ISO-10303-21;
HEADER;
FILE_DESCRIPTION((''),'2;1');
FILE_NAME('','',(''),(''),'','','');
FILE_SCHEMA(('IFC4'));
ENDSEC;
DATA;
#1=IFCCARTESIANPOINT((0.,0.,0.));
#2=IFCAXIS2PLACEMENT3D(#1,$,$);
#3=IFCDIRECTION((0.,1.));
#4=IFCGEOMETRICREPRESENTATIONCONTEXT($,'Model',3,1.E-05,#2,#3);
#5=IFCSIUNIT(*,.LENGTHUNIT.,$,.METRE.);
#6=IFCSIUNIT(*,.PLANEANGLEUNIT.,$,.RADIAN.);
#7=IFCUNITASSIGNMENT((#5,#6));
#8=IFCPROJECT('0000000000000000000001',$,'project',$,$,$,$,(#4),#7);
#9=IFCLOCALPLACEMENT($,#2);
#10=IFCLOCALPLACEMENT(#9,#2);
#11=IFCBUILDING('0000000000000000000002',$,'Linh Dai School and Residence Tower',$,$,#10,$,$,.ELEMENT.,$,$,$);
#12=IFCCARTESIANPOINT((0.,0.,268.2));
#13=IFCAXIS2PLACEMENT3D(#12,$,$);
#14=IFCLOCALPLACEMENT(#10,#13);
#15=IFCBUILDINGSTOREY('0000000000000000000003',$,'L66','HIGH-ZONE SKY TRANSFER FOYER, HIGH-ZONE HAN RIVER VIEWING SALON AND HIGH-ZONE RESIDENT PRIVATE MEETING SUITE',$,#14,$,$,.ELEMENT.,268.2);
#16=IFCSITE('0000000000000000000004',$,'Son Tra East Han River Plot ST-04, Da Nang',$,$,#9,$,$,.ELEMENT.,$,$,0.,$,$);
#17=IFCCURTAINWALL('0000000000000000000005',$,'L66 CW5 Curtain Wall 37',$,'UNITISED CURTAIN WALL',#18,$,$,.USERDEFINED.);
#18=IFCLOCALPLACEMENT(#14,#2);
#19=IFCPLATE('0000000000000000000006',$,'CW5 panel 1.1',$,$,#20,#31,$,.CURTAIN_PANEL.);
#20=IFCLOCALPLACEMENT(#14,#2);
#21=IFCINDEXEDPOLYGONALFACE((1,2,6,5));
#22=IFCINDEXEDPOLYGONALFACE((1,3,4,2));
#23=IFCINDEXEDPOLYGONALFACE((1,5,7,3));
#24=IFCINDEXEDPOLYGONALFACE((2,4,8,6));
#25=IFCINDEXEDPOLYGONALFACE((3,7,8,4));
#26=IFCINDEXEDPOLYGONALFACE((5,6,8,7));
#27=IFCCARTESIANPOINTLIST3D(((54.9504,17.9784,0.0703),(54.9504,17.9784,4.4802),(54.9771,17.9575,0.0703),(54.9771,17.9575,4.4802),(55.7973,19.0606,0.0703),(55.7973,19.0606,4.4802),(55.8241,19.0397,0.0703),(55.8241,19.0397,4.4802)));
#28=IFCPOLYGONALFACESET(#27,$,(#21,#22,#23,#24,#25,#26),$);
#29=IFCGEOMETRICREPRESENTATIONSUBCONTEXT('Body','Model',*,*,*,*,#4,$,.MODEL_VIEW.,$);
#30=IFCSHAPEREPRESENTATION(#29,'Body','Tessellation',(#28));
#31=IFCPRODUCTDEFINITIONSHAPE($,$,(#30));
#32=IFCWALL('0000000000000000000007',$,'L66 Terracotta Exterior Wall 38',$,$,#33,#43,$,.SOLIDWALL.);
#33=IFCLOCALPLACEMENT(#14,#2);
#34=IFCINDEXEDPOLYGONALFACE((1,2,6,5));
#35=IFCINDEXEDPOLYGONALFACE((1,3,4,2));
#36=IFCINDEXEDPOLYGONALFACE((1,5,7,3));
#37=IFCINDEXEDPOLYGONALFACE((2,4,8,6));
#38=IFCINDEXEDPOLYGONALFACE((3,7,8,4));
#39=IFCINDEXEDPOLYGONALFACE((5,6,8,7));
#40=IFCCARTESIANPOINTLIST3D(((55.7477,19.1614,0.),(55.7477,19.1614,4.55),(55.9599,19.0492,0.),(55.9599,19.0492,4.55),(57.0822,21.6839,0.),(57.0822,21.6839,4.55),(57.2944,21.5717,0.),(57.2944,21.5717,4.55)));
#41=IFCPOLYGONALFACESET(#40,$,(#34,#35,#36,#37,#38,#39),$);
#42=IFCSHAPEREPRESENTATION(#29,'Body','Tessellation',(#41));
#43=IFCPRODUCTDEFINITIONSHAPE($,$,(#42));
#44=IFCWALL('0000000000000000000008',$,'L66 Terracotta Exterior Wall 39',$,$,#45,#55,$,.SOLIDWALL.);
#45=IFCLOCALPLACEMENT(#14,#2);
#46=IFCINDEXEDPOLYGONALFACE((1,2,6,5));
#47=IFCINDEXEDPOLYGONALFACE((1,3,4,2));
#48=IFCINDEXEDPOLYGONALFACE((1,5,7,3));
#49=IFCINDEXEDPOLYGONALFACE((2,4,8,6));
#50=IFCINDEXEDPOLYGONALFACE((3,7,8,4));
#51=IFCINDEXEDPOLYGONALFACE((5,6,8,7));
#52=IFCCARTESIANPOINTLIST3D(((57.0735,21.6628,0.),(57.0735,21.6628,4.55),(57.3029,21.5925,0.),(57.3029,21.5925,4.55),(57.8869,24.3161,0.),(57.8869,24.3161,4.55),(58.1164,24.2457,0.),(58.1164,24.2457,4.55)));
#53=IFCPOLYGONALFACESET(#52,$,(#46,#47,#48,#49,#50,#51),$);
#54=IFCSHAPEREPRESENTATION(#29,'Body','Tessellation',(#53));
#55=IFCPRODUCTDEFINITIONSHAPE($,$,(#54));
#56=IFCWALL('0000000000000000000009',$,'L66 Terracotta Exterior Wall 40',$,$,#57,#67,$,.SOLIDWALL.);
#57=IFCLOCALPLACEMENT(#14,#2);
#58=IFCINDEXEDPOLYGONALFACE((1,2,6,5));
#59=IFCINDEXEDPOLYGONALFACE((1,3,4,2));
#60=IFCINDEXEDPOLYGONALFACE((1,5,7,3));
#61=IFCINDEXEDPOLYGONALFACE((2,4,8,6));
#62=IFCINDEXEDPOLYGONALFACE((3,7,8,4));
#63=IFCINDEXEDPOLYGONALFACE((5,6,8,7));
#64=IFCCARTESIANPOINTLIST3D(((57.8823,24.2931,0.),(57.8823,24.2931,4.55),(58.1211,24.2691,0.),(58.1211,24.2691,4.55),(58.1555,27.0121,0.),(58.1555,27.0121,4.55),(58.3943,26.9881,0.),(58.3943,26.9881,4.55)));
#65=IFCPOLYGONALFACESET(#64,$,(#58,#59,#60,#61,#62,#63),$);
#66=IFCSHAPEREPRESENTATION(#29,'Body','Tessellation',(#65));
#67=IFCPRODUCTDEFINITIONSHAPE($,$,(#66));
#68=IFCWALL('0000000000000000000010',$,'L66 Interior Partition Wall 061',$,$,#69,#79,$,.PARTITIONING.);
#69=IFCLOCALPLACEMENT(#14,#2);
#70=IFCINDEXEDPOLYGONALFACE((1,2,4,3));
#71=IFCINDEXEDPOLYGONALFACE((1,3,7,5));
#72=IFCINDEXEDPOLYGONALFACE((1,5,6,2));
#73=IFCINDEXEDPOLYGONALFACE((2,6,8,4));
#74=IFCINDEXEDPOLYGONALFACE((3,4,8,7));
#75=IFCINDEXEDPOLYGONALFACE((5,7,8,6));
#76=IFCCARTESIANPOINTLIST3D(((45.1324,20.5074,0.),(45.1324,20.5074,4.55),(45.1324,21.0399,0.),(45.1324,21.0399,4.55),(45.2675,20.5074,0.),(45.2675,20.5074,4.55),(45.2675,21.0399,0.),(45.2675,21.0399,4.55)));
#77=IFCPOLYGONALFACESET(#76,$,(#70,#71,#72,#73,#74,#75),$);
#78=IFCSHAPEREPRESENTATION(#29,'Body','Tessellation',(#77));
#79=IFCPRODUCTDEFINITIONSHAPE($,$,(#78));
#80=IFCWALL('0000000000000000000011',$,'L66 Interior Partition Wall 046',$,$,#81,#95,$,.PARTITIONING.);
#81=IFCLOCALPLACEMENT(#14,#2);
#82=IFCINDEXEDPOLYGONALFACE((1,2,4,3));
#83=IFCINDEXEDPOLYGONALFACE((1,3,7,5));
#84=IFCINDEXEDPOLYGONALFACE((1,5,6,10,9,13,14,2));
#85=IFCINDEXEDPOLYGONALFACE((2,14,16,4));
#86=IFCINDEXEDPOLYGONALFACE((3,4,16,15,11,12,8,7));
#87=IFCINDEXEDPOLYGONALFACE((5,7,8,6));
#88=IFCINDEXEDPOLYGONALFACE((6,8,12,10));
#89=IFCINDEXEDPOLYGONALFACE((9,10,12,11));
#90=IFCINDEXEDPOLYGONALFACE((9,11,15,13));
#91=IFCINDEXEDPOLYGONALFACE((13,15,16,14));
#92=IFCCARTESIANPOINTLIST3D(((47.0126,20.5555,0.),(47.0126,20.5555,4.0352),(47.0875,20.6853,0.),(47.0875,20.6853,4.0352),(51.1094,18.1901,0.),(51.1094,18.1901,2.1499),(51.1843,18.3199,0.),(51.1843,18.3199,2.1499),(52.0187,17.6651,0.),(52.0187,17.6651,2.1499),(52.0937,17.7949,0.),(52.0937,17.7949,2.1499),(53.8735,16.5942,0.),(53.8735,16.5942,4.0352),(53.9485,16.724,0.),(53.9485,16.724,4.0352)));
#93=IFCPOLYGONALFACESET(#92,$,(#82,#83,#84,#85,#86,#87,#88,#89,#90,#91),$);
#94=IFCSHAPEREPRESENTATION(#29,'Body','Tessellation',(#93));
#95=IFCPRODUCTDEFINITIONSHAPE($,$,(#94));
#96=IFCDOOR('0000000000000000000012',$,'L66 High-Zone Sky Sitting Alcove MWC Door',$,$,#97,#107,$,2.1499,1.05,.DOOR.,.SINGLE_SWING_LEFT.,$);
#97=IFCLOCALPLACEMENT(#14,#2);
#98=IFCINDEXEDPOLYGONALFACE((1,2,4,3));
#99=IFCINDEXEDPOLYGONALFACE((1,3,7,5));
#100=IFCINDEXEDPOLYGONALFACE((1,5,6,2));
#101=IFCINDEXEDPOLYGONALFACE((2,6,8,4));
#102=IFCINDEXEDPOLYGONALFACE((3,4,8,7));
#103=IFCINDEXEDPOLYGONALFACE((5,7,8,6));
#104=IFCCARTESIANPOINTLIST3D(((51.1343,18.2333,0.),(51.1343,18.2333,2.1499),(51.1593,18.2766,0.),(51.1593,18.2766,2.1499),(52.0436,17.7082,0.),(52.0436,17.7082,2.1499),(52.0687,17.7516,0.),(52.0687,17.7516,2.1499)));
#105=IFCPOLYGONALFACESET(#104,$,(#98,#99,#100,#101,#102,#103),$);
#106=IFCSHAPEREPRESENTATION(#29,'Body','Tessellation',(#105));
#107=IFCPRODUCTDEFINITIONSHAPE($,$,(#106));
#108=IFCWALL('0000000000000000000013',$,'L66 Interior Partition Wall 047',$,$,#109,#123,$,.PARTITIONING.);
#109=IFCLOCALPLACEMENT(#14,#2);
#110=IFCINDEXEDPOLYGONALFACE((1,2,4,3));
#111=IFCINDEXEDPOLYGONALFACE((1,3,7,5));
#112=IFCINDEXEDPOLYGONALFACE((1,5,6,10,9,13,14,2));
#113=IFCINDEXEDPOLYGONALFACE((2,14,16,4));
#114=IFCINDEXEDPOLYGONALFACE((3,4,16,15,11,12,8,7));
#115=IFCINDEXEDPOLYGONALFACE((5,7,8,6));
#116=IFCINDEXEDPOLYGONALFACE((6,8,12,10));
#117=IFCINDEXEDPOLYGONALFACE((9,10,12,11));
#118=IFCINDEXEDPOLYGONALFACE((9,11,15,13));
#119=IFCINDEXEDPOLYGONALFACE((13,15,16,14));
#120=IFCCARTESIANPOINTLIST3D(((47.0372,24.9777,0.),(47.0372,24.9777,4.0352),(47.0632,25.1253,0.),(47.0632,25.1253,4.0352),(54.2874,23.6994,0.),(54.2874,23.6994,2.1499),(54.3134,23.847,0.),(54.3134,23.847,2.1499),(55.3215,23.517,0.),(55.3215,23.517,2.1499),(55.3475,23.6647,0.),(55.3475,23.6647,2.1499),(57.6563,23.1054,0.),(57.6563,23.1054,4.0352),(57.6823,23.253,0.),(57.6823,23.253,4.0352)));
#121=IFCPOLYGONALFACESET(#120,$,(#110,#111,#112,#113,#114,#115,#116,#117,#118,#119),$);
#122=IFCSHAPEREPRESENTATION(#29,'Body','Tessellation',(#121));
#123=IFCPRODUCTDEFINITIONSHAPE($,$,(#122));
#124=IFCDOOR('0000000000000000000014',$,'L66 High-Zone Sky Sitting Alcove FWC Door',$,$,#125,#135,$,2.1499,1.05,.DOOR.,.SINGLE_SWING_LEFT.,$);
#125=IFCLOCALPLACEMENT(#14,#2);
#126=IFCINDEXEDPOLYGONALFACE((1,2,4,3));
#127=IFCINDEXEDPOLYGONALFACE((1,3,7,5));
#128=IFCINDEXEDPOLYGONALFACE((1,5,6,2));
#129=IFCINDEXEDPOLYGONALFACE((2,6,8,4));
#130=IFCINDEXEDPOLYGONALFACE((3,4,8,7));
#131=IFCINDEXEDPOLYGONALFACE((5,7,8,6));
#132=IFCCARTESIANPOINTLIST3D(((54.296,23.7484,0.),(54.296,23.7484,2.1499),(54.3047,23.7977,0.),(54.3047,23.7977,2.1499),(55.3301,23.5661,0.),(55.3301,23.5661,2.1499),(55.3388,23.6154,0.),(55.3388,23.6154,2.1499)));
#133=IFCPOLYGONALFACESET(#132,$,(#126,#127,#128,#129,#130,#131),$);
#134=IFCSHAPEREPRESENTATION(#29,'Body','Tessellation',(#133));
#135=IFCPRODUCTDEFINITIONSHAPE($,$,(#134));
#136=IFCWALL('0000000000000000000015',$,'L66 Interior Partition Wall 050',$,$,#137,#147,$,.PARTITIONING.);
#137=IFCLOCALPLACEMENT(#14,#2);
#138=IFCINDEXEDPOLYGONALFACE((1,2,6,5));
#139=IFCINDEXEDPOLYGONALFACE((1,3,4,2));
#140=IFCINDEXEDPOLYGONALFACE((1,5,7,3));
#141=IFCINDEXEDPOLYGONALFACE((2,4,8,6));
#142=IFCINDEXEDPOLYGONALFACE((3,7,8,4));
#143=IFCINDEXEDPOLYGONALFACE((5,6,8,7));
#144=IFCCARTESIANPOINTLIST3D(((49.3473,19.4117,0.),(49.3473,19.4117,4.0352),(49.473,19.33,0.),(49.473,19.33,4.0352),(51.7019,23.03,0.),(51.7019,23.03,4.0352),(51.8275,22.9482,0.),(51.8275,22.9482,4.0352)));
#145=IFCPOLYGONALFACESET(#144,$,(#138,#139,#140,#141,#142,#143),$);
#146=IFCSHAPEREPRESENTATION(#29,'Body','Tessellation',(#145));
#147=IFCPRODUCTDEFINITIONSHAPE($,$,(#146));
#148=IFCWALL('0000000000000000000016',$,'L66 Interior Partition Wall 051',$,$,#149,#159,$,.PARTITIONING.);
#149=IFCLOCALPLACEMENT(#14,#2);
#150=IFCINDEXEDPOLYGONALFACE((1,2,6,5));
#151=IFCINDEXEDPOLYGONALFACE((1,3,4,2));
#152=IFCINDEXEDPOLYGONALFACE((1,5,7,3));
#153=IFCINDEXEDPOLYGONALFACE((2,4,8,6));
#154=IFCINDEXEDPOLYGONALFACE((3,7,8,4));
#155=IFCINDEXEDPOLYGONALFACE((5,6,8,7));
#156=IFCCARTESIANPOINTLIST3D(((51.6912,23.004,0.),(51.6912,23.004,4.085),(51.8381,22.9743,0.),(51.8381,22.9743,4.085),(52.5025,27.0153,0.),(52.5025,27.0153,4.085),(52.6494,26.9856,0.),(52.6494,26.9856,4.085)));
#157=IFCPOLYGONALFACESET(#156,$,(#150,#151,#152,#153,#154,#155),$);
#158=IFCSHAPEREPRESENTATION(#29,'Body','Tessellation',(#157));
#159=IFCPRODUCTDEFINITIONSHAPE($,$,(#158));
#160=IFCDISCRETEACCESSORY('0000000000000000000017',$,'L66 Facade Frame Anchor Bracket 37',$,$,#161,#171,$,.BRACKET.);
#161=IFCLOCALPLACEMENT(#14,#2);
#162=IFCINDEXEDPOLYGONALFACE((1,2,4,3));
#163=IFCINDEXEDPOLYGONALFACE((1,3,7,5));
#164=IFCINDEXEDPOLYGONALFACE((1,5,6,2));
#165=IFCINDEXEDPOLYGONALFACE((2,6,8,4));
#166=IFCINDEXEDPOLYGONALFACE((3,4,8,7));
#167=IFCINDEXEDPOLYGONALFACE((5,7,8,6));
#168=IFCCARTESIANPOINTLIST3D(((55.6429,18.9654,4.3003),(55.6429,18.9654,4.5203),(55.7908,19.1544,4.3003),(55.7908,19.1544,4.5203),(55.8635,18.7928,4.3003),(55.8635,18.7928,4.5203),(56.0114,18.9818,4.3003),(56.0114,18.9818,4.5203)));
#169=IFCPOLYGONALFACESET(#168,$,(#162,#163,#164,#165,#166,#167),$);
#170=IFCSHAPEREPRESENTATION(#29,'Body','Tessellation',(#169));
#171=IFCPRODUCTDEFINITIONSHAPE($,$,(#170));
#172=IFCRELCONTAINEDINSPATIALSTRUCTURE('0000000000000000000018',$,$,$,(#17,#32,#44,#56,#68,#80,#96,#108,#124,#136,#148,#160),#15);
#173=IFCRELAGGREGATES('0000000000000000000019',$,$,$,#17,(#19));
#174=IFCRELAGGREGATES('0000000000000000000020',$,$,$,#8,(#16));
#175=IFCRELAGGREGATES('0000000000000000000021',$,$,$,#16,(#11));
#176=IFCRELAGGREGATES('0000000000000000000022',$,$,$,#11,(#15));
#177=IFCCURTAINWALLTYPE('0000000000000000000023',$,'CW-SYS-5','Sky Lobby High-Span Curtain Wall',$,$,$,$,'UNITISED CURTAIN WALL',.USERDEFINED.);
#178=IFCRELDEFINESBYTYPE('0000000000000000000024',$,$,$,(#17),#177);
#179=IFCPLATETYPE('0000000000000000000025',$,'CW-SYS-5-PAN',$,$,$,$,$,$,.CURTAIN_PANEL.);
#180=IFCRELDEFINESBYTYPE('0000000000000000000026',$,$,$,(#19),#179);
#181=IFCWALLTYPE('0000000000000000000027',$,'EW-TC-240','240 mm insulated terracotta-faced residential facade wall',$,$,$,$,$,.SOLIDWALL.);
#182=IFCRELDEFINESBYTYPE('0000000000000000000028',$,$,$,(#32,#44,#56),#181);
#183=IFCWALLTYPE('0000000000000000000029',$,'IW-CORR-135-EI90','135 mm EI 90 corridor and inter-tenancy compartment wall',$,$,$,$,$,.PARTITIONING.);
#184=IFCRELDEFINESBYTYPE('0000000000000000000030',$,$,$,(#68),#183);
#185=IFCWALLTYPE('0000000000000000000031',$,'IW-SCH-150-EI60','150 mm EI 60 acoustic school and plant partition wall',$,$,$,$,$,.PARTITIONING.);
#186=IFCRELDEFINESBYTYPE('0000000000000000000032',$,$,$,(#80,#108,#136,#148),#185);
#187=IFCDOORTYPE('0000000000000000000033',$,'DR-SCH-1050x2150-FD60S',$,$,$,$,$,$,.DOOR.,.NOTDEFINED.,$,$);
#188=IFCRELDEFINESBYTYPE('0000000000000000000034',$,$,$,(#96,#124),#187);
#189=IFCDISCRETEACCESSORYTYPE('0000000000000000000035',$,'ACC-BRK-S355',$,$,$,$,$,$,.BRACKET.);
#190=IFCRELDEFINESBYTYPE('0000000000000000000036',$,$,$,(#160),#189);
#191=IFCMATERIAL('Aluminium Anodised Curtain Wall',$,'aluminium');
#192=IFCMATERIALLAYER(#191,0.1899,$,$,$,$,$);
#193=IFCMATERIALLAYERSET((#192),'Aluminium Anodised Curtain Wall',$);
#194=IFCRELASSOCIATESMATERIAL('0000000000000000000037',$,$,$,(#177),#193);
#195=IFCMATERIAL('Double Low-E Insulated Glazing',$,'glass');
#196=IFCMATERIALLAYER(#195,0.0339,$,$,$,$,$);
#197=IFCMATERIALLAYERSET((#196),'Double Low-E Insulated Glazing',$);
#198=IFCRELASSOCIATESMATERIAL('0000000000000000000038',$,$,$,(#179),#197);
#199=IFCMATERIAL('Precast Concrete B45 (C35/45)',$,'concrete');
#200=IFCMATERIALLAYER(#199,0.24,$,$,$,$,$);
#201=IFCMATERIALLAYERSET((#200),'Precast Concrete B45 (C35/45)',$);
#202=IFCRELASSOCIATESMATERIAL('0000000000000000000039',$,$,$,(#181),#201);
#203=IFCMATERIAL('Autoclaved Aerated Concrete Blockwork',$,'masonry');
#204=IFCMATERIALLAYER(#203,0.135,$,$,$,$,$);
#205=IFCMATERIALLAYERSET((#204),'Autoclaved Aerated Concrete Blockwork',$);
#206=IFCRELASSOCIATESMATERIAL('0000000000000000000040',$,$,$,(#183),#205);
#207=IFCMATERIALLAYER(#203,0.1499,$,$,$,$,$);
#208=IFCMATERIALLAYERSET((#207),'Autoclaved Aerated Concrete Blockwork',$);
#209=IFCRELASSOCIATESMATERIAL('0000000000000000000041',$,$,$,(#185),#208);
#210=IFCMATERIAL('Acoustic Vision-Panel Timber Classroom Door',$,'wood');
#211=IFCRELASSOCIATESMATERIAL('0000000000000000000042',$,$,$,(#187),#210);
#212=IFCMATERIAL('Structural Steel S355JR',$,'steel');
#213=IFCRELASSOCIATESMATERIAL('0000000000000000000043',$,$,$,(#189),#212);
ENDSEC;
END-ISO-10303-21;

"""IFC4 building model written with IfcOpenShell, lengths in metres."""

from ifc_helpers import new_model, si_unit, direction, frame, frame_2d, origin, origin_2d, place, context, subcontext, project, spatial, rectangle, extrude, source, transform, mapped, material, layer, layer_set, type_object, element, fill, aggregate, save


model = new_model("IFC4")

# Units and contexts
model_context = context("Model", 3, precision=1e-05, world=origin(), true_north=direction((0.0, 1.0)))
body_context = subcontext(model_context, "Body", "Model", "MODEL_VIEW")
ifc_project = project(units=[si_unit("LENGTHUNIT", "METRE"), si_unit("PLANEANGLEUNIT", "RADIAN")], contexts=[model_context])

# Site, building, storey
site_placement = place(None, origin())
site = spatial("IfcSite", under=ifc_project, at=site_placement, Name="Son Tra East Han River Plot ST-04, Da Nang", CompositionType="ELEMENT", RefElevation=0.0)
building_placement = place(site_placement, origin())
building = spatial("IfcBuilding", under=site, at=building_placement, Name="Linh Dai School and Residence Tower", CompositionType="ELEMENT")
storey_placement = place(building_placement, frame((0.0, 0.0, 268.2)))
storey = spatial("IfcBuildingStorey", under=building, at=storey_placement, Name="L66", Description="HIGH-ZONE SKY TRANSFER FOYER, HIGH-ZONE HAN RIVER VIEWING SALON AND HIGH-ZONE RESIDENT PRIVATE MEETING SUITE", CompositionType="ELEMENT", Elevation=268.2)

# Shared definitions
ifc_material_1 = material(Name="Structural Steel S355JR", Category="steel")

# Curtain wall
ifc_material_2 = material(Name="Aluminium Anodised Curtain Wall", Category="aluminium")
ifc_layer_1 = layer(ifc_material_2, 0.1899)
ifc_layer_set_1 = layer_set([ifc_layer_1], Name="Aluminium Anodised Curtain Wall")
curtain_wall_type = type_object("IfcCurtainWallType", Name="CW-SYS-5", Description="Sky Lobby High-Span Curtain Wall", ElementType="UNITISED CURTAIN WALL", PredefinedType="USERDEFINED", material=ifc_layer_set_1)
curtain_wall_placement = place(storey_placement, origin())
curtain_wall = element("IfcCurtainWall", 1, at=curtain_wall_placement, inside=storey, type_object=curtain_wall_type, Name="L66 CW5 Curtain Wall 37", ObjectType="UNITISED CURTAIN WALL", PredefinedType="USERDEFINED")

# Shared definitions
ifc_material_3 = material(Name="Precast Concrete B45 (C35/45)", Category="concrete")

# Plate
ifc_material_4 = material(Name="Double Low-E Insulated Glazing", Category="glass")
ifc_layer_2 = layer(ifc_material_4, 0.0339)
ifc_layer_set_2 = layer_set([ifc_layer_2], Name="Double Low-E Insulated Glazing")
plate_type_1 = type_object("IfcPlateType", Name="CW-SYS-5-PAN", PredefinedType="CURTAIN_PANEL", material=ifc_layer_set_2)
shared_shape_1 = source(origin(), body_context, "Body", "SweptSolid", [
    extrude(rectangle(XDim=1.3743, YDim=0.0339, at=origin_2d()), origin(), (0.0, 0.0, 1.0), 4.4099),
])
plate_1_placement = place(storey_placement, frame((55.3872, 18.509, 0.0703), z_axis=(0.0, 0.0, 1.0), x_axis=(-0.616311, -0.787503, 0.0)))
plate_1 = element("IfcPlate", 2, at=plate_1_placement, type_object=plate_type_1, Name="CW5 panel 1.1", PredefinedType="CURTAIN_PANEL", context=body_context, shape_type="MappedRepresentation", body=[
    mapped(shared_shape_1, transform((0.0, 0.0, 0.0), x_axis=(1.0, 0.0, 0.0), y_axis=(0.0, 1.0, 0.0), z_axis=(0.0, 0.0, 1.0), scale=1.0)),
])
aggregate(curtain_wall, [plate_1])

# Walls
ifc_layer_3 = layer(ifc_material_3, 0.24)
ifc_layer_set_3 = layer_set([ifc_layer_3], Name="Precast Concrete B45 (C35/45)")
wall_type_1 = type_object("IfcWallType", Name="EW-TC-240", Description="240 mm insulated terracotta-faced residential facade wall", PredefinedType="SOLIDWALL", material=ifc_layer_set_3)
wall_1_placement = place(storey_placement, frame((57.1882, 21.6277, 0.0), z_axis=(0.0, 0.0, 1.0), x_axis=(-0.467628, -0.883925, 0.0)))
element("IfcWall", 3, at=wall_1_placement, inside=storey, type_object=wall_type_1, Name="L66 Terracotta Exterior Wall 38", PredefinedType="SOLIDWALL", context=body_context, shape_type="SweptSolid", body=[
    extrude(rectangle(XDim=2.8538, YDim=0.24, at=frame_2d((1.4268, 0.0))), origin(), (0.0, 0.0, 1.0), 4.55),
])
wall_2_placement = place(storey_placement, frame((58.0017, 24.281, 0.0), z_axis=(0.0, 0.0, 1.0), x_axis=(-0.293121, -0.956075, 0.0)))
element("IfcWall", 4, at=wall_2_placement, inside=storey, type_object=wall_type_1, Name="L66 Terracotta Exterior Wall 39", PredefinedType="SOLIDWALL", context=body_context, shape_type="SweptSolid", body=[
    extrude(rectangle(XDim=2.7751, YDim=0.24, at=frame_2d((1.3877, 0.0))), origin(), (0.0, 0.0, 1.0), 4.55),
])
wall_3_placement = place(storey_placement, frame((58.2749, 27.0, 0.0), z_axis=(0.0, 0.0, 1.0), x_axis=(-0.099973, -0.99499, 0.0)))
element("IfcWall", 5, at=wall_3_placement, inside=storey, type_object=wall_type_1, Name="L66 Terracotta Exterior Wall 40", PredefinedType="SOLIDWALL", context=body_context, shape_type="SweptSolid", body=[
    extrude(rectangle(XDim=2.7327, YDim=0.24, at=frame_2d((1.3662, 0.0))), origin(), (0.0, 0.0, 1.0), 4.55),
])
ifc_material_5 = material(Name="Autoclaved Aerated Concrete Blockwork", Category="masonry")
ifc_layer_4 = layer(ifc_material_5, 0.135)
ifc_layer_set_4 = layer_set([ifc_layer_4], Name="Autoclaved Aerated Concrete Blockwork")
wall_type_2 = type_object("IfcWallType", Name="IW-CORR-135-EI90", Description="135 mm EI 90 corridor and inter-tenancy compartment wall", PredefinedType="PARTITIONING", material=ifc_layer_set_4)
wall_4_placement = place(storey_placement, frame((45.2, 20.5076, 0.0), z_axis=(0.0, 0.0, 1.0), x_axis=(0.0, 1.0, 0.0)))
element("IfcWall", 6, at=wall_4_placement, inside=storey, type_object=wall_type_2, Name="L66 Interior Partition Wall 061", PredefinedType="PARTITIONING", context=body_context, shape_type="SweptSolid", body=[
    extrude(rectangle(XDim=0.5325, YDim=0.135, at=frame_2d((0.2661, 0.0))), origin(), (0.0, 0.0, 1.0), 4.55),
])

# Walls, openings, doors
ifc_layer_5 = layer(ifc_material_5, 0.1499)
ifc_layer_set_5 = layer_set([ifc_layer_5], Name="Autoclaved Aerated Concrete Blockwork")
wall_type_3 = type_object("IfcWallType", Name="IW-SCH-150-EI60", Description="150 mm EI 60 acoustic school and plant partition wall", PredefinedType="PARTITIONING", material=ifc_layer_set_5)
wall_5_placement = place(storey_placement, frame((47.05, 20.6204, 0.0), z_axis=(0.0, 0.0, 1.0), x_axis=(0.866021, -0.500007, 0.0)))
wall_5 = element("IfcWall", 7, at=wall_5_placement, inside=storey, type_object=wall_type_3, Name="L66 Interior Partition Wall 046", PredefinedType="PARTITIONING", context=body_context, shape_type="SweptSolid", body=[
    extrude(rectangle(XDim=7.9224, YDim=0.1499, at=frame_2d((3.9612, 0.0))), origin(), (0.0, 0.0, 1.0), 4.0352),
])
opening_1_placement = place(wall_5_placement, frame((4.7307, 0.0, 0.0)))
opening_1 = element("IfcOpeningElement", 8, at=opening_1_placement, cuts=wall_5, PredefinedType="OPENING", context=body_context, shape_type="SweptSolid", body=[
    extrude(rectangle(XDim=1.05, YDim=2.1499, at=origin_2d()), frame((0.5249, 0.085, 1.075), z_axis=(0.0, -1.0, 0.0), x_axis=(1.0, 0.0, 0.0)), (0.0, 0.0, 1.0), 0.1699),
])
ifc_material_6 = material(Name="Acoustic Vision-Panel Timber Classroom Door", Category="wood")
door_type = type_object("IfcDoorType", Name="DR-SCH-1050x2150-FD60S", OperationType="NOTDEFINED", PredefinedType="DOOR", material=ifc_material_6)
shared_shape_2 = source(origin(), body_context, "Body", "SweptSolid", [
    extrude(rectangle(XDim=1.05, YDim=2.1499, at=origin_2d()), frame((0.5249, 0.0249, 1.075), z_axis=(0.0, -1.0, 0.0), x_axis=(1.0, 0.0, 0.0)), (0.0, 0.0, 1.0), 0.05),
])
door_1_placement = place(opening_1_placement, origin())
door_1 = element("IfcDoor", 9, at=door_1_placement, inside=storey, type_object=door_type, Name="L66 High-Zone Sky Sitting Alcove MWC Door", OperationType="SINGLE_SWING_LEFT", OverallHeight=2.1499, OverallWidth=1.05, PredefinedType="DOOR", context=body_context, shape_type="MappedRepresentation", body=[
    mapped(shared_shape_2, transform((0.0, 0.0, 0.0), x_axis=(1.0, 0.0, 0.0), y_axis=(0.0, 1.0, 0.0), z_axis=(0.0, 0.0, 1.0), scale=1.0)),
])
fill(opening_1, door_1)
wall_6_placement = place(storey_placement, frame((47.05, 25.0515, 0.0), z_axis=(0.0, 0.0, 1.0), x_axis=(0.98481, -0.173637, 0.0)))
wall_6 = element("IfcWall", 10, at=wall_6_placement, inside=storey, type_object=wall_type_3, Name="L66 Interior Partition Wall 047", PredefinedType="PARTITIONING", context=body_context, shape_type="SweptSolid", body=[
    extrude(rectangle(XDim=10.783, YDim=0.1499, at=frame_2d((5.3916, 0.0))), origin(), (0.0, 0.0, 1.0), 4.0352),
])
opening_2_placement = place(wall_6_placement, frame((7.3623, 0.0, 0.0)))
opening_2 = element("IfcOpeningElement", 11, at=opening_2_placement, cuts=wall_6, PredefinedType="OPENING", context=body_context, shape_type="SweptSolid", body=[
    extrude(rectangle(XDim=1.05, YDim=2.1499, at=origin_2d()), frame((0.5249, 0.085, 1.075), z_axis=(0.0, -1.0, 0.0), x_axis=(1.0, 0.0, 0.0)), (0.0, 0.0, 1.0), 0.1699),
])
door_2_placement = place(opening_2_placement, origin())
door_2 = element("IfcDoor", 12, at=door_2_placement, inside=storey, type_object=door_type, Name="L66 High-Zone Sky Sitting Alcove FWC Door", OperationType="SINGLE_SWING_LEFT", OverallHeight=2.1499, OverallWidth=1.05, PredefinedType="DOOR", context=body_context, shape_type="MappedRepresentation", body=[
    mapped(shared_shape_2, transform((0.0, 0.0, 0.0), x_axis=(1.0, 0.0, 0.0), y_axis=(0.0, 1.0, 0.0), z_axis=(0.0, 0.0, 1.0), scale=1.0)),
])
fill(opening_2, door_2)

# Walls
wall_7_placement = place(storey_placement, frame((49.4102, 19.3708, 0.0), z_axis=(0.0, 0.0, 1.0), x_axis=(0.545426, 0.838159, 0.0)))
element("IfcWall", 13, at=wall_7_placement, inside=storey, type_object=wall_type_3, Name="L66 Interior Partition Wall 050", PredefinedType="PARTITIONING", context=body_context, shape_type="SweptSolid", body=[
    extrude(rectangle(XDim=4.3169, YDim=0.1499, at=frame_2d((2.1584, 0.0))), origin(), (0.0, 0.0, 1.0), 4.0352),
])
wall_8_placement = place(storey_placement, frame((51.7646, 22.989, 0.0), z_axis=(0.0, 0.0, 1.0), x_axis=(0.198238, 0.980154, 0.0)))
element("IfcWall", 14, at=wall_8_placement, inside=storey, type_object=wall_type_3, Name="L66 Interior Partition Wall 051", PredefinedType="PARTITIONING", context=body_context, shape_type="SweptSolid", body=[
    extrude(rectangle(XDim=4.0925, YDim=0.1499, at=frame_2d((2.0464, 0.0))), origin(), (0.0, 0.0, 1.0), 4.085),
])

# Discrete accessory
discrete_accessory_type = type_object("IfcDiscreteAccessoryType", Name="ACC-BRK-S355", PredefinedType="BRACKET", material=ifc_material_1)
shared_shape_3 = source(origin(), body_context, "Body", "SweptSolid", [
    extrude(rectangle(XDim=0.28, YDim=0.24, at=origin_2d()), origin(), (0.0, 0.0, 1.0), 0.22),
])
discrete_accessory_placement = place(storey_placement, frame((55.8271, 18.9736, 4.3003), z_axis=(0.0, 0.0, 1.0), x_axis=(0.787503, -0.616311, 0.0)))
element("IfcDiscreteAccessory", 15, at=discrete_accessory_placement, inside=storey, type_object=discrete_accessory_type, Name="L66 Facade Frame Anchor Bracket 37", PredefinedType="BRACKET", context=body_context, shape_type="MappedRepresentation", body=[
    mapped(shared_shape_3, transform((0.0, 0.0, 0.0), x_axis=(1.0, 0.0, 0.0), y_axis=(0.0, 1.0, 0.0), z_axis=(0.0, 0.0, 1.0), scale=1.0)),
])

save(model, "model.ifc")
